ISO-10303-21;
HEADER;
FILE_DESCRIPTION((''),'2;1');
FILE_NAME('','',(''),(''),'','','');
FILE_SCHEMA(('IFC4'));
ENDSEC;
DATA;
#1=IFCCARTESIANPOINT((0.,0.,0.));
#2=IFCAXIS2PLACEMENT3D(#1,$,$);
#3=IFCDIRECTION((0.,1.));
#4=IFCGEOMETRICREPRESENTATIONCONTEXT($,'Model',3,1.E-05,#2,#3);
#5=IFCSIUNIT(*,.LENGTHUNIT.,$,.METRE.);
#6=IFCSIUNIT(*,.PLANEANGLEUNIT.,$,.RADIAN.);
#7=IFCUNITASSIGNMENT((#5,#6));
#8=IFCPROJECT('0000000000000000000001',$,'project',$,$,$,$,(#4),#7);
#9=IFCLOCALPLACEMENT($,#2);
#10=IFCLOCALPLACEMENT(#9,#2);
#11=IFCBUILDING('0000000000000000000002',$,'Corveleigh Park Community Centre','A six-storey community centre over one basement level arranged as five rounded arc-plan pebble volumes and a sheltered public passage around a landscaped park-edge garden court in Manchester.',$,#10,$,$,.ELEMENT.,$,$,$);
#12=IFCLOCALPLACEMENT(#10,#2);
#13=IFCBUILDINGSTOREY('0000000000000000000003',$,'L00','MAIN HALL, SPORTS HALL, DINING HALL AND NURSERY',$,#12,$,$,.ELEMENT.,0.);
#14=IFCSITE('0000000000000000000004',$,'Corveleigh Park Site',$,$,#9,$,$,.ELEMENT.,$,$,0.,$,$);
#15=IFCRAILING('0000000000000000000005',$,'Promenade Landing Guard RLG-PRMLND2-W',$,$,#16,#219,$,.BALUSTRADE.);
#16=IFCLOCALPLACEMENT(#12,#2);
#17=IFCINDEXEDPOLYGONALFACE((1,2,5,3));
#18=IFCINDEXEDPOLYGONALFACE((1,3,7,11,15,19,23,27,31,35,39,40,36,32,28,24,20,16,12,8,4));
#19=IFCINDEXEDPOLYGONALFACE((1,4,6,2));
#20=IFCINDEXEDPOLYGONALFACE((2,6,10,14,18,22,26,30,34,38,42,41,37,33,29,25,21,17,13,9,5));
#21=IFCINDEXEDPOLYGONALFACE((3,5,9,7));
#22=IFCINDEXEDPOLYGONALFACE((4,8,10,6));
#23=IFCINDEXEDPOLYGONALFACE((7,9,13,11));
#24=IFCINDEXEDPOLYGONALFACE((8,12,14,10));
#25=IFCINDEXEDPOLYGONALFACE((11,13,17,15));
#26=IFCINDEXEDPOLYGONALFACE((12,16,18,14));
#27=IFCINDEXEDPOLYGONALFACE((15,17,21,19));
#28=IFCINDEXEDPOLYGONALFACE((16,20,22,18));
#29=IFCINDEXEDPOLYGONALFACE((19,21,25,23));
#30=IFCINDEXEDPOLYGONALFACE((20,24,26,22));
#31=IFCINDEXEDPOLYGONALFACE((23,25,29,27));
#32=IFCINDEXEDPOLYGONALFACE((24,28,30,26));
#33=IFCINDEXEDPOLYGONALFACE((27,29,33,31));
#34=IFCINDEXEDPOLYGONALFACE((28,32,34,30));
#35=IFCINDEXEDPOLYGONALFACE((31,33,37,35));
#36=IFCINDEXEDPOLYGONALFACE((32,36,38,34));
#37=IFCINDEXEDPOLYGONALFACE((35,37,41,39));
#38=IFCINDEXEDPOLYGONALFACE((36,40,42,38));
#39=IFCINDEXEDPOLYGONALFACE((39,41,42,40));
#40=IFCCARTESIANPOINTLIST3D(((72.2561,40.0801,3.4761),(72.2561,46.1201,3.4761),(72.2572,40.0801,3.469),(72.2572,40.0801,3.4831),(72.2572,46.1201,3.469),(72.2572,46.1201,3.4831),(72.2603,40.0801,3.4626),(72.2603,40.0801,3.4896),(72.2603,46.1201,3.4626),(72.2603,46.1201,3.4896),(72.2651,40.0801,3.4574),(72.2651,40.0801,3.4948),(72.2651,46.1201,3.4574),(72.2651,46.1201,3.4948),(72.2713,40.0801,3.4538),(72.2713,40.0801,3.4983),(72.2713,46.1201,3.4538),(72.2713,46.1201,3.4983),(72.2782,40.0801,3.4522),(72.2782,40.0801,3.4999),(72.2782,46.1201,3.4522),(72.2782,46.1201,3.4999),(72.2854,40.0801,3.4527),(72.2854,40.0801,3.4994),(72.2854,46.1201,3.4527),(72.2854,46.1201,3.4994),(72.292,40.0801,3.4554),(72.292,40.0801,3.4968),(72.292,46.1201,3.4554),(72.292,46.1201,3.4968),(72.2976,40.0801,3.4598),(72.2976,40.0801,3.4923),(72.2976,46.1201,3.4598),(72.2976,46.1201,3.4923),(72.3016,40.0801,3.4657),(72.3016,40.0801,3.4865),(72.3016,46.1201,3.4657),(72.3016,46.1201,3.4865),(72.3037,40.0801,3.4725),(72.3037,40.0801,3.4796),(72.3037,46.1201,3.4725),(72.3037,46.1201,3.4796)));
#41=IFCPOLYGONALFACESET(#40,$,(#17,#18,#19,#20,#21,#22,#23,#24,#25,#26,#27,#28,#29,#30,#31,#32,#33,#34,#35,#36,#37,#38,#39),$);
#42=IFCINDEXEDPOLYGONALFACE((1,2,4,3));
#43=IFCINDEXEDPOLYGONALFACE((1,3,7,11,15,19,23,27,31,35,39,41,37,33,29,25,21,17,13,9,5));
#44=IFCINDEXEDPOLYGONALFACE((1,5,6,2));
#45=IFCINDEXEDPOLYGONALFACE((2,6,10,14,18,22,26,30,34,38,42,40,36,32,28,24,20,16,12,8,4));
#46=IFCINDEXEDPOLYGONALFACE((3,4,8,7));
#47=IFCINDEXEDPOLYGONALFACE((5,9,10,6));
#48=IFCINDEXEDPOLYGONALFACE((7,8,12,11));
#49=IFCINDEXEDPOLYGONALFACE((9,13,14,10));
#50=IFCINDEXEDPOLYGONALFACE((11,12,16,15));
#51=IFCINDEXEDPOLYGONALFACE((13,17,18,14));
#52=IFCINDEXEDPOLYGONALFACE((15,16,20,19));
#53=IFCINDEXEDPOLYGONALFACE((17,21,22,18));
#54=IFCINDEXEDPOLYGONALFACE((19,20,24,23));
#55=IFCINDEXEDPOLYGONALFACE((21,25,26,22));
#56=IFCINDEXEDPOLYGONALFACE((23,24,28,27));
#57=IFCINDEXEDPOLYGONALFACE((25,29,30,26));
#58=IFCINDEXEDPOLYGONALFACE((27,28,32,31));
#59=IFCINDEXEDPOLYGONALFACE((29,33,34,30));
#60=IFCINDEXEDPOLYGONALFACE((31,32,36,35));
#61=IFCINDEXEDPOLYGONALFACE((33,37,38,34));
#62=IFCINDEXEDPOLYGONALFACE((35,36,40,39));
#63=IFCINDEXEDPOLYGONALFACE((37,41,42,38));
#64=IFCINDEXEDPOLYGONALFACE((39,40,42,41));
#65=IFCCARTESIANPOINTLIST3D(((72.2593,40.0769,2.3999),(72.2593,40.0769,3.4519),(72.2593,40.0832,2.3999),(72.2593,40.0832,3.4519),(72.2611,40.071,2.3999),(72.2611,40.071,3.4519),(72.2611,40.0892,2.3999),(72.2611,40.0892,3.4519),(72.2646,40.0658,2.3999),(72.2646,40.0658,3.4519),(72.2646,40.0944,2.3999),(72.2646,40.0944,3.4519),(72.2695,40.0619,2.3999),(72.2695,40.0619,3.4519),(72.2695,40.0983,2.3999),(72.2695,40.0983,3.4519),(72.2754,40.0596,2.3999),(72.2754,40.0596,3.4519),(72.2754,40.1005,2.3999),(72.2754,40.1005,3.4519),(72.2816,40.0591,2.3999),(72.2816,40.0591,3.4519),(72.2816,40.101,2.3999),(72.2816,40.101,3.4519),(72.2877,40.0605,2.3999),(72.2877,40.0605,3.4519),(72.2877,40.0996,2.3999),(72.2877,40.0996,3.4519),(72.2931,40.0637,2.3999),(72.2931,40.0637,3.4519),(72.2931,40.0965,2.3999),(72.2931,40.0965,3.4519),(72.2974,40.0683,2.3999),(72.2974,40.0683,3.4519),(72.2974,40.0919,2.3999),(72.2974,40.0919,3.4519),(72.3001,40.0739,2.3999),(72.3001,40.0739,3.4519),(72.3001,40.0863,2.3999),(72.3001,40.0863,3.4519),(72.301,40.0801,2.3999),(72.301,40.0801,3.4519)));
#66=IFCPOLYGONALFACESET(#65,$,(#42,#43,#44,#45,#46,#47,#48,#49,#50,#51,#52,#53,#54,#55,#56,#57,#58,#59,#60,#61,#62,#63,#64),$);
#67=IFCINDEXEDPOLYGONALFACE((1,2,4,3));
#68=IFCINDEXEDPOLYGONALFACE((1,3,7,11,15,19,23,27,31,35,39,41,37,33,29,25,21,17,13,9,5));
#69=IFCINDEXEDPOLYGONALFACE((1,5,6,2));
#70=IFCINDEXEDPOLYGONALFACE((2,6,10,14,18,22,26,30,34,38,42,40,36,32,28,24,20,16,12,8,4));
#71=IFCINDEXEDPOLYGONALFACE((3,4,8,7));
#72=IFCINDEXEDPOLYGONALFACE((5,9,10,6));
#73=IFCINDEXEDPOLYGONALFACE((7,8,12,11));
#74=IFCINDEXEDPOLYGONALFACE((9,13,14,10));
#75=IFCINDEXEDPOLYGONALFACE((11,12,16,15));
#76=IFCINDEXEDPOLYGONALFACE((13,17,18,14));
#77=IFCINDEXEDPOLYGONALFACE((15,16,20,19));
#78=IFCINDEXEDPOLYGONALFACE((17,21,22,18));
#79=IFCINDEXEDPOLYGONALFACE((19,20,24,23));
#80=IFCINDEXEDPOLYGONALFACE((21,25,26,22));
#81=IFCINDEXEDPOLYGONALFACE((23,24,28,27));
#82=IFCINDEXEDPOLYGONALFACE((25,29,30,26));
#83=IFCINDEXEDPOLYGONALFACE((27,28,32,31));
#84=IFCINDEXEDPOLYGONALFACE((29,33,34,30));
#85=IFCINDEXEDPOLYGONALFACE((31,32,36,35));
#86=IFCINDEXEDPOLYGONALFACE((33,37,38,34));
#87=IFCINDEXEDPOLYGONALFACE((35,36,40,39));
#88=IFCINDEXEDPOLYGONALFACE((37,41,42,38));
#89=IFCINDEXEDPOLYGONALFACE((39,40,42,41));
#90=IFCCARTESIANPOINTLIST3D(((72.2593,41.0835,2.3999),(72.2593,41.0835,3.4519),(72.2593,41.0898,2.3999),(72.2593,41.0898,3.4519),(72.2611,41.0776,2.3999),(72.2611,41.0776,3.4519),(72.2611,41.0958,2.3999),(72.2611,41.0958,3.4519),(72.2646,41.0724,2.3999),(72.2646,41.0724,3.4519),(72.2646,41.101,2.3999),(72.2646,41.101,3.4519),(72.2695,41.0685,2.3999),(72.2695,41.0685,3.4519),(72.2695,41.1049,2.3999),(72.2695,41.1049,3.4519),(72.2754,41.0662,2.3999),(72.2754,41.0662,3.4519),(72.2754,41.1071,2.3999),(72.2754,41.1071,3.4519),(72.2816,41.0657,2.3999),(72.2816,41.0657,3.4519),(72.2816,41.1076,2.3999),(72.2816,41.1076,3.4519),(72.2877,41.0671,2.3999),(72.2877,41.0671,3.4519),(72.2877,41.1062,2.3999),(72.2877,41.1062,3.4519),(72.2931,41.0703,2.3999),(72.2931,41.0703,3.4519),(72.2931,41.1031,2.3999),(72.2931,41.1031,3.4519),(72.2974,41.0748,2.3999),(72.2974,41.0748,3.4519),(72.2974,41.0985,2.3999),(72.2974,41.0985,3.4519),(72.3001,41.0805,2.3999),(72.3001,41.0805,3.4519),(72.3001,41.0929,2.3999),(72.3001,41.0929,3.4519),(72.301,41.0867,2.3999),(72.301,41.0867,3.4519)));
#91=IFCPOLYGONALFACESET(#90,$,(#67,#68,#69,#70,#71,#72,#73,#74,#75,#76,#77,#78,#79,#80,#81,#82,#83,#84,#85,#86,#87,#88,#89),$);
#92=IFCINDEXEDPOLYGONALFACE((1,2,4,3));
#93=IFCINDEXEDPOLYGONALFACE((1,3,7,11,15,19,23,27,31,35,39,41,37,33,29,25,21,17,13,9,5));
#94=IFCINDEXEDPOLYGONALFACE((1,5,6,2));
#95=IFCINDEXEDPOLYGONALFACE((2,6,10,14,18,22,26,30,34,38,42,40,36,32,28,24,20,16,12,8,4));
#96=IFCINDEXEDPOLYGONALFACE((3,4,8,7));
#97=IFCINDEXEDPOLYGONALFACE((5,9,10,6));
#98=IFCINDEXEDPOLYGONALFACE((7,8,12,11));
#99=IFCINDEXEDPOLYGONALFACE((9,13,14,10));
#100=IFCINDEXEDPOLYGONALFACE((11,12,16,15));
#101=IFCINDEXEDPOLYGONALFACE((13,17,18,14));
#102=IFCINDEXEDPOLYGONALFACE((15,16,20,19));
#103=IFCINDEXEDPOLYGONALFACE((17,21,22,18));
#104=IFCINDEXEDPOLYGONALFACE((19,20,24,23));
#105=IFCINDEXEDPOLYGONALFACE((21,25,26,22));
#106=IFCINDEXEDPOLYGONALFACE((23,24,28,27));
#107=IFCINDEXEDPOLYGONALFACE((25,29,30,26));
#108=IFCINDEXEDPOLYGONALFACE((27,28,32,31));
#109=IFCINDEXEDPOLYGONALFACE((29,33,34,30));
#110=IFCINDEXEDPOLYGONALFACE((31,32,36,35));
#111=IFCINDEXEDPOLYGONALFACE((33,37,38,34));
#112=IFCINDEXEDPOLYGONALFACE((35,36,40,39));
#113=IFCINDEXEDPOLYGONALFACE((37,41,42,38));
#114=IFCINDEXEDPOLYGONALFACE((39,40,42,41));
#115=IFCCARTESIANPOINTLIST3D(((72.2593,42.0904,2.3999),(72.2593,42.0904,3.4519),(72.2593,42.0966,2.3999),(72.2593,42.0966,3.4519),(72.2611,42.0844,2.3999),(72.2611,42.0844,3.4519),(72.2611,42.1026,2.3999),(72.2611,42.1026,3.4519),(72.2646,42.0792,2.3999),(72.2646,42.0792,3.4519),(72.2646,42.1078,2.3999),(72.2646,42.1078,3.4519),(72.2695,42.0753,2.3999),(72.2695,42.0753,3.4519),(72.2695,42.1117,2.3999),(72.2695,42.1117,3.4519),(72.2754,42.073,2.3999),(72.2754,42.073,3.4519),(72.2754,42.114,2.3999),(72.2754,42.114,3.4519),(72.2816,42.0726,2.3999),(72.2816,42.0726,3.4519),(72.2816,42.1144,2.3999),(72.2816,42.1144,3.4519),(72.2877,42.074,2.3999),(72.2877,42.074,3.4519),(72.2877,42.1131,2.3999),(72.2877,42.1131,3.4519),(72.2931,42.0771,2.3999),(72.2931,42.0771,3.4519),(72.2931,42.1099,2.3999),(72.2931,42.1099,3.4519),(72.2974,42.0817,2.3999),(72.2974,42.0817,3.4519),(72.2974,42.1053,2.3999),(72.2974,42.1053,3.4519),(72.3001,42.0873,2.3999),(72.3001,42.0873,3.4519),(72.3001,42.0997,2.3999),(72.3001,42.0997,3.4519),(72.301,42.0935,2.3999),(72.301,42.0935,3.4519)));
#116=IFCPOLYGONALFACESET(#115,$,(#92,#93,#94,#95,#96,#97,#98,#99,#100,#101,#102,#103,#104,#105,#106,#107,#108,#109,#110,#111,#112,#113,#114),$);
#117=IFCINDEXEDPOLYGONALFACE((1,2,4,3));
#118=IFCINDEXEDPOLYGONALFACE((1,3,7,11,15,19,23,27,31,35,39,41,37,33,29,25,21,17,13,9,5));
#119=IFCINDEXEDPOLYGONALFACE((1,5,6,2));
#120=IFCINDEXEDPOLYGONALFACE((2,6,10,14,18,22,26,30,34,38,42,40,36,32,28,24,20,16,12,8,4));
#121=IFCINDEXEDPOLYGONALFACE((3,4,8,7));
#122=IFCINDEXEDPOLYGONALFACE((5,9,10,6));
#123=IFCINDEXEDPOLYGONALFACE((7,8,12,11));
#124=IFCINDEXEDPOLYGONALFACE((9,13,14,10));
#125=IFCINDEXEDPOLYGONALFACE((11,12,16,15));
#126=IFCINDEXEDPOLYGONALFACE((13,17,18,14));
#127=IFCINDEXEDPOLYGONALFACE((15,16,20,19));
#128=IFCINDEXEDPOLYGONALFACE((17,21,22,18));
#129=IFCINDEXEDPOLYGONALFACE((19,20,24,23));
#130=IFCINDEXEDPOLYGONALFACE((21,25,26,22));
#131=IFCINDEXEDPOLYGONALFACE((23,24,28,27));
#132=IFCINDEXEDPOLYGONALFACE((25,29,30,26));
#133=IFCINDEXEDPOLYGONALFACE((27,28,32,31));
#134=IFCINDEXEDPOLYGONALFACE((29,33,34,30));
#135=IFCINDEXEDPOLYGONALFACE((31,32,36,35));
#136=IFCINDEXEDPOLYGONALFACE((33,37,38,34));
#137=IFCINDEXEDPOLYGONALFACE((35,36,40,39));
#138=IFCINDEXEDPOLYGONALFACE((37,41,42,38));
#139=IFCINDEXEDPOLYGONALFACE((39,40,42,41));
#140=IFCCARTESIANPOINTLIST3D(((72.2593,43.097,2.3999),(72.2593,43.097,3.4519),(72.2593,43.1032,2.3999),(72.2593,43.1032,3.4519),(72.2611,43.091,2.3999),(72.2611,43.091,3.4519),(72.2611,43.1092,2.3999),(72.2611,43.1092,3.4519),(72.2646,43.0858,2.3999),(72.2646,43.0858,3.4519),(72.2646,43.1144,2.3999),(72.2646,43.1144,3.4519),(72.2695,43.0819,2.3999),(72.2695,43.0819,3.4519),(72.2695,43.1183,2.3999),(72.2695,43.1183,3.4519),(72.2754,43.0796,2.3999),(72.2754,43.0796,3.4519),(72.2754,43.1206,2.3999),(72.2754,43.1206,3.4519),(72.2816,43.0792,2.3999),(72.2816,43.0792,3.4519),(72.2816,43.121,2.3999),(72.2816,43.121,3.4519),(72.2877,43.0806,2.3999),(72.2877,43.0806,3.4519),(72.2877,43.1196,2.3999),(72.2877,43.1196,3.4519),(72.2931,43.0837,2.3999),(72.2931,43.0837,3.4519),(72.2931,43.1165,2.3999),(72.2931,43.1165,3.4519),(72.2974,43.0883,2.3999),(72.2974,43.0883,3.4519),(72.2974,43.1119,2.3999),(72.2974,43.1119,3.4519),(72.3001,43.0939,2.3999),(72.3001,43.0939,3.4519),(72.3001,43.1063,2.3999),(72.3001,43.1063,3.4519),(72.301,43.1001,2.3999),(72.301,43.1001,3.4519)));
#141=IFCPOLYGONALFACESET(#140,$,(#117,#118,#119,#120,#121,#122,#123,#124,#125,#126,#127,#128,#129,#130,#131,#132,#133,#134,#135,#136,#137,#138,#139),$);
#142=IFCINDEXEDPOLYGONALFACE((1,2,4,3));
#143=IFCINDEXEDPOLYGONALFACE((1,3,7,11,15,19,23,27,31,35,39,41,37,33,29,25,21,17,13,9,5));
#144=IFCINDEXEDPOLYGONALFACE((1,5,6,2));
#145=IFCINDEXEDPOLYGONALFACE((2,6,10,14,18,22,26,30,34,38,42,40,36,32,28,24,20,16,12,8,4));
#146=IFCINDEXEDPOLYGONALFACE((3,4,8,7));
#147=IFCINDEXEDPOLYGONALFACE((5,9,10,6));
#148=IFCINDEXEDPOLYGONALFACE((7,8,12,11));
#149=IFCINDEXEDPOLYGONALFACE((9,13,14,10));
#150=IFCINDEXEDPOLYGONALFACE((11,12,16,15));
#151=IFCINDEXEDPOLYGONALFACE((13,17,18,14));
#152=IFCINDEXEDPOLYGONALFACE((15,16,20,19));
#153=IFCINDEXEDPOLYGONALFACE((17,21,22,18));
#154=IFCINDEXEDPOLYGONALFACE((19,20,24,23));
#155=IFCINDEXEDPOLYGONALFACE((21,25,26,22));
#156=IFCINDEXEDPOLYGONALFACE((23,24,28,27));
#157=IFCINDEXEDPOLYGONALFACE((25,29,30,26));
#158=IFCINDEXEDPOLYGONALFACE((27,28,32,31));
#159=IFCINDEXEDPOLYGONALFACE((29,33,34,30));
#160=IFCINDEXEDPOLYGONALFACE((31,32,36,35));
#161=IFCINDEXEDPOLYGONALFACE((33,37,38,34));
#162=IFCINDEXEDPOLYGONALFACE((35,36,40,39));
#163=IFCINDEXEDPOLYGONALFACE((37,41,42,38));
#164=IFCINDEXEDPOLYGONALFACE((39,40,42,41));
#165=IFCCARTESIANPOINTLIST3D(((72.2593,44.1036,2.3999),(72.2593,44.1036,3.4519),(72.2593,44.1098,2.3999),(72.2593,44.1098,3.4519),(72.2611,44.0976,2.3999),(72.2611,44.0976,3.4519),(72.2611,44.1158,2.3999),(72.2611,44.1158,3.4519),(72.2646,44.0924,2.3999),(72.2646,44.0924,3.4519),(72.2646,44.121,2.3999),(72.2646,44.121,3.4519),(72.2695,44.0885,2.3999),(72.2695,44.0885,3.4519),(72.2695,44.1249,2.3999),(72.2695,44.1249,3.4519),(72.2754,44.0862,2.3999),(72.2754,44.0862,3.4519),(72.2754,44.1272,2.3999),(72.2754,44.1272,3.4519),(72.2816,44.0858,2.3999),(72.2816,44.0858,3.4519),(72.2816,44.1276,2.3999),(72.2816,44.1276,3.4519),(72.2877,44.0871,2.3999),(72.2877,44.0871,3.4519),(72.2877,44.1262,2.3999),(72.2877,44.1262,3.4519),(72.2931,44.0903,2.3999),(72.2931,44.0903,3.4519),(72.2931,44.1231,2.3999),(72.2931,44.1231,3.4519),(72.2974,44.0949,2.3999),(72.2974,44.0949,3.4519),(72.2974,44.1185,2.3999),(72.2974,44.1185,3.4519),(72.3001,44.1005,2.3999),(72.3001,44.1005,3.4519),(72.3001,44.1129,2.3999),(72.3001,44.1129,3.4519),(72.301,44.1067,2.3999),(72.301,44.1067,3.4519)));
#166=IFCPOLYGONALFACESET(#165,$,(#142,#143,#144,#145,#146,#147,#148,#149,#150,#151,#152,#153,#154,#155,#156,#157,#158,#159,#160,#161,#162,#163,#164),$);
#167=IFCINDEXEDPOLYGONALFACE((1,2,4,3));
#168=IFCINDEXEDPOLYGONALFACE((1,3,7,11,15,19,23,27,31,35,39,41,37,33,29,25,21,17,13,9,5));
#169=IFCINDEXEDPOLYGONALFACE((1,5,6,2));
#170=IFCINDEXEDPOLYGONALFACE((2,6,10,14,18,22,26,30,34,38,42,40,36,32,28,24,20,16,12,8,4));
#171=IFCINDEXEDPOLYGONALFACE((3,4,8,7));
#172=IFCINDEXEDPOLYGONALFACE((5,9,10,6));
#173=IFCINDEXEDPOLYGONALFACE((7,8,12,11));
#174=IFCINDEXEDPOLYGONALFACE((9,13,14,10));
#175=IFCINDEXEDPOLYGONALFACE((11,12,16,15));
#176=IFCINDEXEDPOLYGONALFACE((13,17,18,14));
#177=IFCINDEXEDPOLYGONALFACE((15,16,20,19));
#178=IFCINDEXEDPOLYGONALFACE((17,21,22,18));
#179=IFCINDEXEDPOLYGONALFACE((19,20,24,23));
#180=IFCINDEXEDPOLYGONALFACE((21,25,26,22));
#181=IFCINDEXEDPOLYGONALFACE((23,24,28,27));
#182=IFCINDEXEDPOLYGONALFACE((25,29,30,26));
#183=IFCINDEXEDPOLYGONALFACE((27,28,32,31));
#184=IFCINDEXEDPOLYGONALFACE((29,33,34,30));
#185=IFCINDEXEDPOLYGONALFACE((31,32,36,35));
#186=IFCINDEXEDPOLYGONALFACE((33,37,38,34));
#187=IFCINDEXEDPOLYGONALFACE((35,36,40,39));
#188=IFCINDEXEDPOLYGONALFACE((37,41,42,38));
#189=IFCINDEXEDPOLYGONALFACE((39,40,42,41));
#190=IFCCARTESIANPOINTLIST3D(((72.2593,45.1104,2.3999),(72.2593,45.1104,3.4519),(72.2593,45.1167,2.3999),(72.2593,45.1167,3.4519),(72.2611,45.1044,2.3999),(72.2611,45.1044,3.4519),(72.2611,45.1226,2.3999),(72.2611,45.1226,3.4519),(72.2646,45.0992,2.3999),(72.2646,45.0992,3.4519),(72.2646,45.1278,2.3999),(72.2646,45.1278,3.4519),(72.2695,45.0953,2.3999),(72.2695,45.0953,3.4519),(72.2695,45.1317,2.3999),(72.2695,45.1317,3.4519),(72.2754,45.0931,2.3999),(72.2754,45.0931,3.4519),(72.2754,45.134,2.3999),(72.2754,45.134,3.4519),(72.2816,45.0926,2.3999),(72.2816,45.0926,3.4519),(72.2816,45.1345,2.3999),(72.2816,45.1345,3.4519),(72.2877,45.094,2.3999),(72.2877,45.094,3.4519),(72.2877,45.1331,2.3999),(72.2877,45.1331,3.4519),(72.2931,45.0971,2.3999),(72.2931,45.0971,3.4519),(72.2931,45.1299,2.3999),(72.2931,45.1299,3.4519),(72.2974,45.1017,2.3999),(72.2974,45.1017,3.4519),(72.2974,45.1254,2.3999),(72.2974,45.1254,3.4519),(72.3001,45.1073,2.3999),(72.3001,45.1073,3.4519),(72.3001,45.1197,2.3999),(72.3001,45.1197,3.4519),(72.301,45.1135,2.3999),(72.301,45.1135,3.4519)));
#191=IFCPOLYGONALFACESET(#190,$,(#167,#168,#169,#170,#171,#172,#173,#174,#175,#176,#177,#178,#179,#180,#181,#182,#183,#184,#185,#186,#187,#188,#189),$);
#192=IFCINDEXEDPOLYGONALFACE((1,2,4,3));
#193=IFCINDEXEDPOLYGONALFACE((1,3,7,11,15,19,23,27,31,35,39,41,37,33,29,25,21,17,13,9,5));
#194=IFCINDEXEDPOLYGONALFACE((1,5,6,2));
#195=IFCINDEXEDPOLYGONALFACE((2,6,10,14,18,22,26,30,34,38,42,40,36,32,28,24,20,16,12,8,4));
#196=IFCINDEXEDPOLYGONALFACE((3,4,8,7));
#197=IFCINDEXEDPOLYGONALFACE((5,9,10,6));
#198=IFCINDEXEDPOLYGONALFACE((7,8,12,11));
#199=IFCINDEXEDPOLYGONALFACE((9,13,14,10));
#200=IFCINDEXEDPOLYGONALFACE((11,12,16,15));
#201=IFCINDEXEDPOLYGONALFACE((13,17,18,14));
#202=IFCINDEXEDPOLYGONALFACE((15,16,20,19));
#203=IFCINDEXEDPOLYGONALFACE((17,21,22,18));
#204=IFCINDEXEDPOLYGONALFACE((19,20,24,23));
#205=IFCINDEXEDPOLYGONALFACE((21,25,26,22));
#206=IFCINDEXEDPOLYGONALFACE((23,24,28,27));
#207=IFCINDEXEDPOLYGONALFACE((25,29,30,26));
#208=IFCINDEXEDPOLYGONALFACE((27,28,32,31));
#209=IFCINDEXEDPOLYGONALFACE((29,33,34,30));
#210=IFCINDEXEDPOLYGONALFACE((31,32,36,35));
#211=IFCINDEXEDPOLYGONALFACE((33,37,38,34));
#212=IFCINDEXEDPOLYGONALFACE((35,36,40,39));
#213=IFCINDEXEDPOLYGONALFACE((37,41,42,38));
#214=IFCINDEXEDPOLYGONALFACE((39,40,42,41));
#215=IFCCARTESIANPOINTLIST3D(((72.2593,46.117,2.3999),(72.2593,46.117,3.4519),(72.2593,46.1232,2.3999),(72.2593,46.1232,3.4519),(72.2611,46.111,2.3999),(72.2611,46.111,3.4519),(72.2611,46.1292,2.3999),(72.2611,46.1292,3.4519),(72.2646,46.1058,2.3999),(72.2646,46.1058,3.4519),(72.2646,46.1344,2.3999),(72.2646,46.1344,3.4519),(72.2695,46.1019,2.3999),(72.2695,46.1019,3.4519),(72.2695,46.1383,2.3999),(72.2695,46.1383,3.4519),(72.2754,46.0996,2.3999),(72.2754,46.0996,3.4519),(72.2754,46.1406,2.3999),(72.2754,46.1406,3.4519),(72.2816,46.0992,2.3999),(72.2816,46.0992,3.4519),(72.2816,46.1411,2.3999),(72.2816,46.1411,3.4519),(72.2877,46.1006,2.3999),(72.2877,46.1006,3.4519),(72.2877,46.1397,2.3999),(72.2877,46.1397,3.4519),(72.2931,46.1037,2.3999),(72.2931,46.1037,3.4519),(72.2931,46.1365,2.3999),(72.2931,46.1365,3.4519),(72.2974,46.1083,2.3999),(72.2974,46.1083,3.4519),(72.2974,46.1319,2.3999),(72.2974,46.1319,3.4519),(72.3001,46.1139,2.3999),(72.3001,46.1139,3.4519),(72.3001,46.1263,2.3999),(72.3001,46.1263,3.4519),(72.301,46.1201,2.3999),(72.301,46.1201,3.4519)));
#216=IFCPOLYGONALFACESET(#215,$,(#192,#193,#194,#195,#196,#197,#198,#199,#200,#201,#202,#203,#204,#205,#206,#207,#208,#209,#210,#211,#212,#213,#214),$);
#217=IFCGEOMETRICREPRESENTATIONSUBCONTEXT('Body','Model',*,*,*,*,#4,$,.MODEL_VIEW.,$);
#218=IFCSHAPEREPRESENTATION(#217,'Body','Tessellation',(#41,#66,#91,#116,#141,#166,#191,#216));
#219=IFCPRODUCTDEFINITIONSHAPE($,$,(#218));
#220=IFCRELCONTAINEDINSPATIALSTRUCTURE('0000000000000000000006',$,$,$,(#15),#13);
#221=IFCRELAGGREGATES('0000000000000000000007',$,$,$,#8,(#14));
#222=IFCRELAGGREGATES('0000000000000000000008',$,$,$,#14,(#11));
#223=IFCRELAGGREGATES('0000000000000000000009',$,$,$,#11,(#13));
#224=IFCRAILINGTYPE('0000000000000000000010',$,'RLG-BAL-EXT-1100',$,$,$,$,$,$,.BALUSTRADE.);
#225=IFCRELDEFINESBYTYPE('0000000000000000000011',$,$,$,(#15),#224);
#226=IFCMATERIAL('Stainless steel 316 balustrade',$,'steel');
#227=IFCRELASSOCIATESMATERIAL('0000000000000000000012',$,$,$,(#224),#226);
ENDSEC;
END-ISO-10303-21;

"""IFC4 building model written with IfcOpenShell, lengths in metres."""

from ifc_helpers import new_model, si_unit, direction, frame, origin, origin_2d, place, context, subcontext, project, spatial, circle, extrude, material, type_object, element, save


model = new_model("IFC4")

# Units and contexts
model_context = context("Model", 3, precision=1e-05, world=origin(), true_north=direction((0.0, 1.0)))
body_context = subcontext(model_context, "Body", "Model", "MODEL_VIEW")
ifc_project = project(units=[si_unit("LENGTHUNIT", "METRE"), si_unit("PLANEANGLEUNIT", "RADIAN")], contexts=[model_context])

# Site, building, storey
site_placement = place(None, origin())
site = spatial("IfcSite", under=ifc_project, at=site_placement, Name="Corveleigh Park Site", CompositionType="ELEMENT", RefElevation=0.0)
building_placement = place(site_placement, origin())
building = spatial("IfcBuilding", under=site, at=building_placement, Name="Corveleigh Park Community Centre", Description="A six-storey community centre over one basement level arranged as five rounded arc-plan pebble volumes and a sheltered public passage around a landscaped park-edge garden court in Manchester.", CompositionType="ELEMENT")
storey_placement = place(building_placement, origin())
storey = spatial("IfcBuildingStorey", under=building, at=storey_placement, Name="L00", Description="MAIN HALL, SPORTS HALL, DINING HALL AND NURSERY", CompositionType="ELEMENT", Elevation=0.0)

# Railing
ifc_material_1 = material(Name="Stainless steel 316 balustrade", Category="steel")
railing_type = type_object("IfcRailingType", Name="RLG-BAL-EXT-1100", PredefinedType="BALUSTRADE", material=ifc_material_1)
railing_1_placement = place(storey_placement, frame((72.28, 40.0801, 2.3999)))
element("IfcRailing", 1, at=railing_1_placement, inside=storey, type_object=railing_type, Name="Promenade Landing Guard RLG-PRMLND2-W", PredefinedType="BALUSTRADE", context=body_context, shape_type="SweptSolid", body=[
    extrude(circle(Radius=0.0239, at=origin_2d()), frame((0.0, 0.0, 1.0762), z_axis=(0.0, 1.0, 0.0), x_axis=(-1.0, 0.0, 0.0)), (0.0, 0.0, 1.0), 6.04),
    extrude(circle(Radius=0.021, at=origin_2d()), origin(), (0.0, 0.0, 1.0), 1.052),
    extrude(circle(Radius=0.021, at=origin_2d()), frame((0.0, 1.0066, 0.0)), (0.0, 0.0, 1.0), 1.052),
    extrude(circle(Radius=0.021, at=origin_2d()), frame((0.0, 2.0134, 0.0)), (0.0, 0.0, 1.0), 1.052),
    extrude(circle(Radius=0.021, at=origin_2d()), frame((0.0, 3.02, 0.0)), (0.0, 0.0, 1.0), 1.052),
    extrude(circle(Radius=0.021, at=origin_2d()), frame((0.0, 4.0266, 0.0)), (0.0, 0.0, 1.0), 1.052),
    extrude(circle(Radius=0.021, at=origin_2d()), frame((0.0, 5.0334, 0.0)), (0.0, 0.0, 1.0), 1.052),
    extrude(circle(Radius=0.021, at=origin_2d()), frame((0.0, 6.04, 0.0)), (0.0, 0.0, 1.0), 1.052),
])

save(model, "model.ifc")
